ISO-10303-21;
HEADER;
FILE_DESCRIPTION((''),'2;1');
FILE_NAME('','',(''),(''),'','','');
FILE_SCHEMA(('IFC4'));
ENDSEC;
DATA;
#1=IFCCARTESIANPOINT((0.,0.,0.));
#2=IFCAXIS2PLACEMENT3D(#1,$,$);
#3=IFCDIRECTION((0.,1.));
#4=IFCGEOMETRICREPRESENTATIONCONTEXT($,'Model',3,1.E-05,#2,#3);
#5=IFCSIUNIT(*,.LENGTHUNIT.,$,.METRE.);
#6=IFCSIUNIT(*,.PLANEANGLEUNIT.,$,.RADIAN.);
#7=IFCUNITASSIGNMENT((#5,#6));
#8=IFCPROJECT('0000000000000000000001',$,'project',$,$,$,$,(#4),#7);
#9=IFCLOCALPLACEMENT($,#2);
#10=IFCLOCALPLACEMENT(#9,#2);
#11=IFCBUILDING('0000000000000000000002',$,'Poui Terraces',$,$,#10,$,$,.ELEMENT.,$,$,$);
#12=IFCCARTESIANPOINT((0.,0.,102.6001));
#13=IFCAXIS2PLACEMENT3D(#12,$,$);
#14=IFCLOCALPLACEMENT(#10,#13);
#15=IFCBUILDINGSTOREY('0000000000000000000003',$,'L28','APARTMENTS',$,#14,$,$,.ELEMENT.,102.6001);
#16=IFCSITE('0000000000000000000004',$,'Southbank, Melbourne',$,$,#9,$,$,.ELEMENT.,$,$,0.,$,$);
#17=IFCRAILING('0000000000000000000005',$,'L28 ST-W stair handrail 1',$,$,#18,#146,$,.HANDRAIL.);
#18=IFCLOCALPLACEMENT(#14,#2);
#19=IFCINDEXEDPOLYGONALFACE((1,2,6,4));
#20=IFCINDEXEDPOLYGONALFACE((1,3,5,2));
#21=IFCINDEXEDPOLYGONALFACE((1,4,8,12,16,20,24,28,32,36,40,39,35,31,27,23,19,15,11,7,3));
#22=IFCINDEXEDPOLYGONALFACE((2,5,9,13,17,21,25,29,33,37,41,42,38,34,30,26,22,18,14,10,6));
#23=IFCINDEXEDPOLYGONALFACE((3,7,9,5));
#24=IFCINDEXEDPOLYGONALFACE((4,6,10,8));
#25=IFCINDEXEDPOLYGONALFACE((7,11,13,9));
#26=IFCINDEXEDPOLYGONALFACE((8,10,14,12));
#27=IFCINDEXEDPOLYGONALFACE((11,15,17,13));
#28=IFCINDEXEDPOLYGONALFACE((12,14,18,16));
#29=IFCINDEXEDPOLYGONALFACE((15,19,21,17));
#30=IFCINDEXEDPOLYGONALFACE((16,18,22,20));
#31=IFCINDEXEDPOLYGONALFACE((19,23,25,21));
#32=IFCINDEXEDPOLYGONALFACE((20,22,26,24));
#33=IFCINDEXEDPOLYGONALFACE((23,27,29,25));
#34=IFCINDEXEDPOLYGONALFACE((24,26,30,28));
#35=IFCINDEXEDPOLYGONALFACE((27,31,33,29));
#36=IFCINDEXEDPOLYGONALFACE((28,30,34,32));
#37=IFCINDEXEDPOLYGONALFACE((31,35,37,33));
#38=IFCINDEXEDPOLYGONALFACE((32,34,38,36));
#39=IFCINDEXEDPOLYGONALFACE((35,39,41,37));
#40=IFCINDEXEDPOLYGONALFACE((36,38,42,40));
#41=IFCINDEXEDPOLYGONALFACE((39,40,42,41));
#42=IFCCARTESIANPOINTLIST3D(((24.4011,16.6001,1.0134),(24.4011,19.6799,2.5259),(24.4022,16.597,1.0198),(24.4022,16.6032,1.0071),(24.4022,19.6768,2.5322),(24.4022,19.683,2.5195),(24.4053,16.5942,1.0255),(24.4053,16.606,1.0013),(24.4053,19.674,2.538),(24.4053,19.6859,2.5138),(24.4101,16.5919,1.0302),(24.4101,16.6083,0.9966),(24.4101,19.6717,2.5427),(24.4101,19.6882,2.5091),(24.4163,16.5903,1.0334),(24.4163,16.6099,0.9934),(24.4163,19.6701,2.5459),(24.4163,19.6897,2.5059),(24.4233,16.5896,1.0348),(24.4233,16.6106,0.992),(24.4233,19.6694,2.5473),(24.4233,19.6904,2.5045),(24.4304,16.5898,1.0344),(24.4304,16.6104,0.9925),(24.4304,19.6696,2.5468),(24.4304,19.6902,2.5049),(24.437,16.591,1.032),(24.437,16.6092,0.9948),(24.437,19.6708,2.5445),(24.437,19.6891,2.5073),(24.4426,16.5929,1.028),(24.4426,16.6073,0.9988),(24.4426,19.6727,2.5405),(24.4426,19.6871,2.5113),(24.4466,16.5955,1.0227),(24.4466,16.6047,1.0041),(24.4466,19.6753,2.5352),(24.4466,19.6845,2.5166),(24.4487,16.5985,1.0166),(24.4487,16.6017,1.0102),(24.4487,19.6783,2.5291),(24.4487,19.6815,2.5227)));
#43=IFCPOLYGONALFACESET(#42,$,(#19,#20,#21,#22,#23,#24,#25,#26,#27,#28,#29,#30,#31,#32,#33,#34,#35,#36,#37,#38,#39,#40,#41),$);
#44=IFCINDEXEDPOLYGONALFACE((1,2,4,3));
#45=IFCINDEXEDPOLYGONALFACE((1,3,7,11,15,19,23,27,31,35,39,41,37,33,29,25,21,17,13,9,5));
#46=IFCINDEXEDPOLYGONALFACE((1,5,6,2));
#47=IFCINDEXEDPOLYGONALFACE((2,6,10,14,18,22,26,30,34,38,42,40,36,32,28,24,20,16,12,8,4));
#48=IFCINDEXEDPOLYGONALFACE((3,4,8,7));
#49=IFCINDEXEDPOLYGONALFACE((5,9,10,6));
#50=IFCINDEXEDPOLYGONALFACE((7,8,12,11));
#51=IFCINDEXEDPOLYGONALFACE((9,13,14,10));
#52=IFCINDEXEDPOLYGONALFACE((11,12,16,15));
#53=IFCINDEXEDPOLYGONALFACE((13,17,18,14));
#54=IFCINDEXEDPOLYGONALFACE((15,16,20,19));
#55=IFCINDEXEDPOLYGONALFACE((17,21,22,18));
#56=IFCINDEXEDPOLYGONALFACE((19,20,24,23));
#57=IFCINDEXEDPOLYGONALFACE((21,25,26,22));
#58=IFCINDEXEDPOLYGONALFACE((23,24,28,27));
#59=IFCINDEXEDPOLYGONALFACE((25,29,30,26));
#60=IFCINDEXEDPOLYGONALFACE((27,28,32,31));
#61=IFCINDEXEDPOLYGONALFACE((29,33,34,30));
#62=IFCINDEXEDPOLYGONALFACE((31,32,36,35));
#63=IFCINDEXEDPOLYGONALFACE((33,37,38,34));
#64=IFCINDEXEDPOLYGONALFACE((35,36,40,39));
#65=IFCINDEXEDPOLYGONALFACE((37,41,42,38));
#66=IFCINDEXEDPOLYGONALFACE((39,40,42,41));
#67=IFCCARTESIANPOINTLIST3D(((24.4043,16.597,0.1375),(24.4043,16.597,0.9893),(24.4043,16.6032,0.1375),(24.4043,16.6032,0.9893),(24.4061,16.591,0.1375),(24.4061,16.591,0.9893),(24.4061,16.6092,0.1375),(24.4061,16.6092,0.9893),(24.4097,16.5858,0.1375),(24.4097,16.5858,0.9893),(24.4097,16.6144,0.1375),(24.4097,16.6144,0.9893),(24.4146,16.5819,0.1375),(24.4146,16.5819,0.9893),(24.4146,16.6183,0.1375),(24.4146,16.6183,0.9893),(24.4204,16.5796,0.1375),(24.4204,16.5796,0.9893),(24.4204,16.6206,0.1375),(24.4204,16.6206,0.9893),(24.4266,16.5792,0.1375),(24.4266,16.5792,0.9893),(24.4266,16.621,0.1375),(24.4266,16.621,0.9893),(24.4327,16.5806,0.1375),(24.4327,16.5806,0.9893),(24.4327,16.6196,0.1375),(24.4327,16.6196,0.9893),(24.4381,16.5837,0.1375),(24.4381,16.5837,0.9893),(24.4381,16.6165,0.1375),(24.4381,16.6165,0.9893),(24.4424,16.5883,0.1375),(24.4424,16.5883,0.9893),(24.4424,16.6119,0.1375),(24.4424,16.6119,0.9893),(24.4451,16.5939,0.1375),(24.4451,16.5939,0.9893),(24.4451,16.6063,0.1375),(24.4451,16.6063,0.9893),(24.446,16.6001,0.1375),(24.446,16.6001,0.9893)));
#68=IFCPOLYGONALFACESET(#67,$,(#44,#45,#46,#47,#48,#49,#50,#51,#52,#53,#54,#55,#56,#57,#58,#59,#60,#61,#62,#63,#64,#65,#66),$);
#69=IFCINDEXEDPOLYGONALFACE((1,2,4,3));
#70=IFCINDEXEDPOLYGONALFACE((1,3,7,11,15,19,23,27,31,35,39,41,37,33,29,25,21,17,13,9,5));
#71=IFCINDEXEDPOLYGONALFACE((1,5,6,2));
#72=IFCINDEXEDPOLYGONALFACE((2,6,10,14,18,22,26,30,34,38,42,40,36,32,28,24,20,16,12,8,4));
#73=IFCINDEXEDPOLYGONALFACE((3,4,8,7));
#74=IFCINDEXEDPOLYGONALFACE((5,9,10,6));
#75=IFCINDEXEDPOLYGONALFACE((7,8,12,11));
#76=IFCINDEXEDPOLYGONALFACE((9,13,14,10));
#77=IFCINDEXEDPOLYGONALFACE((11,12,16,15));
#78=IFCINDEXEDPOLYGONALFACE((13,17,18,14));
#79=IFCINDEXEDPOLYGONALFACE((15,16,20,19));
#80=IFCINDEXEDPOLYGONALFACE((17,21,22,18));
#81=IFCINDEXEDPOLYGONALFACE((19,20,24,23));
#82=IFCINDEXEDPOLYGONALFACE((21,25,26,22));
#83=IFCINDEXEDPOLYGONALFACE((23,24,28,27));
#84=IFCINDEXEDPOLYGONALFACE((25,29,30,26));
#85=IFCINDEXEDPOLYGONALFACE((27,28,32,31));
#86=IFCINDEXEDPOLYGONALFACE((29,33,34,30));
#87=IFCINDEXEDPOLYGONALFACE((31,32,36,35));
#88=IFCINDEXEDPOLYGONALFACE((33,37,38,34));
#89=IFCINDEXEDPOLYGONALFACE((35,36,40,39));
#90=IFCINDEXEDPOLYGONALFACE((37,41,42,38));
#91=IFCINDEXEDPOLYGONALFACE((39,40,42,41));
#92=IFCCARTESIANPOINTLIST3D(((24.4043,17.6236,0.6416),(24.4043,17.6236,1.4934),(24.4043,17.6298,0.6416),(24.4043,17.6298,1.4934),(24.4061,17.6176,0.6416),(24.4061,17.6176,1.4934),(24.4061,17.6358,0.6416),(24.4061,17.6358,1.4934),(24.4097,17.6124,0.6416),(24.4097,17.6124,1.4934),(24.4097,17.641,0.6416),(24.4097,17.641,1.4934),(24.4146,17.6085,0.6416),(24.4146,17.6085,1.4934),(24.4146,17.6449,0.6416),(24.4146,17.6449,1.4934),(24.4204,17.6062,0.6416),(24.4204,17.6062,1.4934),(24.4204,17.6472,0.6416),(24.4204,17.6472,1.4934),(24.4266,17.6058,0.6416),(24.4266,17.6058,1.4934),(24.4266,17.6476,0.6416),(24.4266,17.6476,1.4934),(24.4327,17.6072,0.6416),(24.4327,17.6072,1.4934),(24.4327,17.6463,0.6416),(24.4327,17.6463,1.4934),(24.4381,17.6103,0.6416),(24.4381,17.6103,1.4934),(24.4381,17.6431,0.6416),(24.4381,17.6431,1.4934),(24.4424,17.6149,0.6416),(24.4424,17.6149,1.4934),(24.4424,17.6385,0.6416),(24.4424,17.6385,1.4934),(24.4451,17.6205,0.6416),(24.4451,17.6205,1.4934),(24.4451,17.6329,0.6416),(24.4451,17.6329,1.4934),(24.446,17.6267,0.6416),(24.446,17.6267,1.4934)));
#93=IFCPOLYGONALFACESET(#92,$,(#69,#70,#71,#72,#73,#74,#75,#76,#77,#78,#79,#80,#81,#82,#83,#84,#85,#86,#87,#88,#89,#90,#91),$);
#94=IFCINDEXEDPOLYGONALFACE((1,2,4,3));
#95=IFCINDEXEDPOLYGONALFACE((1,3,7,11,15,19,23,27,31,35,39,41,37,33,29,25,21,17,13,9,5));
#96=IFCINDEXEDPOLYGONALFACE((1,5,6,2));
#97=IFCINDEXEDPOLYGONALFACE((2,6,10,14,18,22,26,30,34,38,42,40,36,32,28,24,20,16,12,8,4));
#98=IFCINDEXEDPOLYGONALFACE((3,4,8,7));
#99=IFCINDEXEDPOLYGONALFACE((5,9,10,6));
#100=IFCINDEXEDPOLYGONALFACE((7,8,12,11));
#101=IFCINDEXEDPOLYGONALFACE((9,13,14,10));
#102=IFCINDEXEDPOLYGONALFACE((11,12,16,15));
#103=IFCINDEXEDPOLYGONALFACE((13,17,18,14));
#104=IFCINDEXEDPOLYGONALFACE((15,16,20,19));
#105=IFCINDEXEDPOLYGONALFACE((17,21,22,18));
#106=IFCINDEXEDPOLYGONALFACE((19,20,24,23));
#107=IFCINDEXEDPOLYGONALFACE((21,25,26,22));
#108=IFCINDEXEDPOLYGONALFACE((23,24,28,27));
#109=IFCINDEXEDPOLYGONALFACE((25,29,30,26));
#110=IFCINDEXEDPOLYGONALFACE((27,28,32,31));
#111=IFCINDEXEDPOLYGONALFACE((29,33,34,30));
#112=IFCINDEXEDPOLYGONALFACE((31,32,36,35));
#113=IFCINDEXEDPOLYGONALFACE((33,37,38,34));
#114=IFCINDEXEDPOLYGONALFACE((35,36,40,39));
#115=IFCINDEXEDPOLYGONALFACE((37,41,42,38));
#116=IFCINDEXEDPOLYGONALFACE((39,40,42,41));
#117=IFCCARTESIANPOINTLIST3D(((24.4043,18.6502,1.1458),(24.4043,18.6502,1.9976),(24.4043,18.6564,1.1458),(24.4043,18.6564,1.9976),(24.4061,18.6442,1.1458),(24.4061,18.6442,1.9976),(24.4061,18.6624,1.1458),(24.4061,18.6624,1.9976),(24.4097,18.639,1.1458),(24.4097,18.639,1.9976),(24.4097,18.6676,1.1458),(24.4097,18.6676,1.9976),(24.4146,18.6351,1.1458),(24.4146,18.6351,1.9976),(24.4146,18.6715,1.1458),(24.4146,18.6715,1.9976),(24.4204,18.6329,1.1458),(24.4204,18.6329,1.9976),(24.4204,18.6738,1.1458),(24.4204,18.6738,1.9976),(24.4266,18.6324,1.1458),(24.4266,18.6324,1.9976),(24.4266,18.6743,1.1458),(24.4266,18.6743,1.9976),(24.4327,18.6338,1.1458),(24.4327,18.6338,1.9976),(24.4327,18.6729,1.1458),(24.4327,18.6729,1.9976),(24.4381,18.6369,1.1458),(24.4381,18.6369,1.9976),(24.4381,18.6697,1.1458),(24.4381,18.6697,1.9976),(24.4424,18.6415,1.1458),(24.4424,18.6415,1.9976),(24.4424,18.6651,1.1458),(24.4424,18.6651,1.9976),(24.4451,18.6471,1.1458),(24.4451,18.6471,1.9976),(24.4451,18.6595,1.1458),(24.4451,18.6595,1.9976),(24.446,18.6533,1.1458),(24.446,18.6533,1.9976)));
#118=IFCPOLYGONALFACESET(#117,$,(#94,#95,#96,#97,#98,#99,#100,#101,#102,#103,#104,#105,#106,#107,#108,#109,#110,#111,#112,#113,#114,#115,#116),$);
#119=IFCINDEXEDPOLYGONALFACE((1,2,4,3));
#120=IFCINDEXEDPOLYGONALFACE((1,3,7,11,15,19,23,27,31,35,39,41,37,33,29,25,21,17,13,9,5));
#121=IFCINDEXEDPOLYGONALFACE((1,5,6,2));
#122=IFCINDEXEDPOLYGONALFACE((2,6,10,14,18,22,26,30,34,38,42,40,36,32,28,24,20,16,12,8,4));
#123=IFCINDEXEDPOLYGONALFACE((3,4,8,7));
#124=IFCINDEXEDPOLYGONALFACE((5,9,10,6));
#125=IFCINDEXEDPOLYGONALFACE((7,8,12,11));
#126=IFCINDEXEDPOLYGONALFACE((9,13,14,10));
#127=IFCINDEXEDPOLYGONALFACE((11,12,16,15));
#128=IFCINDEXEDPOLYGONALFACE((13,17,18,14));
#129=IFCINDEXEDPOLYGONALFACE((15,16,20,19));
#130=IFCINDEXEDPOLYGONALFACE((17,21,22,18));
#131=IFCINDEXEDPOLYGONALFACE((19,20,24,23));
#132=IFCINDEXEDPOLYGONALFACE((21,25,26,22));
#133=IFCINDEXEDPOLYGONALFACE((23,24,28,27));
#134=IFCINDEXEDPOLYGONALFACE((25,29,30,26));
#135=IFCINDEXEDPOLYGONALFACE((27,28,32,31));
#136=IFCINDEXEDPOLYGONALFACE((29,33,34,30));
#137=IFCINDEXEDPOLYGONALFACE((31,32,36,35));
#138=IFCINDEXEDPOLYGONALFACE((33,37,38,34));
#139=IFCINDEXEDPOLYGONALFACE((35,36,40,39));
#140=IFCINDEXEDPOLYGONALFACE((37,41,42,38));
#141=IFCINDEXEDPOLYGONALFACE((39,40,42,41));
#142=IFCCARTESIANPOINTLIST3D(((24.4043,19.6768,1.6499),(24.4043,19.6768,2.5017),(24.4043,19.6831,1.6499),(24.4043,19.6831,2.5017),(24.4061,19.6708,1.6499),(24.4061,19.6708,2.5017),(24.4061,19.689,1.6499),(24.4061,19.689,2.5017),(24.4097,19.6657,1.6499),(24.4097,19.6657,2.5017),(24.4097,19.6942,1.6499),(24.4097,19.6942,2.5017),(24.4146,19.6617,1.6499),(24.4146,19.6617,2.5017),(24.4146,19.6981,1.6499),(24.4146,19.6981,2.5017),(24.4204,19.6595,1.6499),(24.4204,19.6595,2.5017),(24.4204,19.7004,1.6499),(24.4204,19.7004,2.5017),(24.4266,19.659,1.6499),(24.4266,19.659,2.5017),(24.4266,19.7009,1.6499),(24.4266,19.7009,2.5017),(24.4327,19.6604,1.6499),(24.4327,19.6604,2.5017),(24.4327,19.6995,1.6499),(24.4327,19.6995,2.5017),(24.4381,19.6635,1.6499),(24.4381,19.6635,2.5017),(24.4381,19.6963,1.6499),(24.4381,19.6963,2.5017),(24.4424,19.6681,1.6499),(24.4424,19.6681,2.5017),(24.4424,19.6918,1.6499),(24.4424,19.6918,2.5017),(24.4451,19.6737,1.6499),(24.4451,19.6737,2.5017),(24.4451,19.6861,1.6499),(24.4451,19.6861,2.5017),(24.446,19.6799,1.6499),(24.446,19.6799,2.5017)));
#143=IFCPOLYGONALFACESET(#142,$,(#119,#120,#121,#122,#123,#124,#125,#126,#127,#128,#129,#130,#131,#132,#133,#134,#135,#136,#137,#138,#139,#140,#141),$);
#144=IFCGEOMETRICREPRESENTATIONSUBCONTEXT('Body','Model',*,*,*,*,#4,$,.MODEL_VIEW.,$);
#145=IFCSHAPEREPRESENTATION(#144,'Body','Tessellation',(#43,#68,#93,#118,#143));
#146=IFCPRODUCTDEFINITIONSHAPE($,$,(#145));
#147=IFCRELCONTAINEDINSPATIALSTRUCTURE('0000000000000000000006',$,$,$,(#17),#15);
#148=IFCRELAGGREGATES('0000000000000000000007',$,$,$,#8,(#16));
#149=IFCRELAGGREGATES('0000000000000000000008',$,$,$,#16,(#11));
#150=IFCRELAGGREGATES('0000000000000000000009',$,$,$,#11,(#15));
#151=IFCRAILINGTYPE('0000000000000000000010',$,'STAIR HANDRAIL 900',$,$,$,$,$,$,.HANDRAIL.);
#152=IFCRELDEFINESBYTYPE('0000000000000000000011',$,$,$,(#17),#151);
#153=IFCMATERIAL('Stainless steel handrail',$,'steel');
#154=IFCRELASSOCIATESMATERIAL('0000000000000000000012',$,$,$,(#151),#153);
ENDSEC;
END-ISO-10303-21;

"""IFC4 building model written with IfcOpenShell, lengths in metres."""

from ifc_helpers import new_model, si_unit, direction, frame, origin, origin_2d, place, context, subcontext, project, spatial, circle, extrude, material, type_object, element, save


model = new_model("IFC4")

# Units and contexts
model_context = context("Model", 3, precision=1e-05, world=origin(), true_north=direction((0.0, 1.0)))
body_context = subcontext(model_context, "Body", "Model", "MODEL_VIEW")
ifc_project = project(units=[si_unit("LENGTHUNIT", "METRE"), si_unit("PLANEANGLEUNIT", "RADIAN")], contexts=[model_context])

# Site, building, storey
site_placement = place(None, origin())
site = spatial("IfcSite", under=ifc_project, at=site_placement, Name="Southbank, Melbourne", CompositionType="ELEMENT", RefElevation=0.0)
building_placement = place(site_placement, origin())
building = spatial("IfcBuilding", under=site, at=building_placement, Name="Poui Terraces", CompositionType="ELEMENT")
storey_placement = place(building_placement, frame((0.0, 0.0, 102.6001)))
storey = spatial("IfcBuildingStorey", under=building, at=storey_placement, Name="L28", Description="APARTMENTS", CompositionType="ELEMENT", Elevation=102.6001)

# Railing
ifc_material_1 = material(Name="Stainless steel handrail", Category="steel")
railing_type_1 = type_object("IfcRailingType", Name="STAIR HANDRAIL 900", PredefinedType="HANDRAIL", material=ifc_material_1)
railing_1_placement = place(storey_placement, frame((24.425, 16.6001, 0.1375)))
element("IfcRailing", 1, at=railing_1_placement, inside=storey, type_object=railing_type_1, Name="L28 ST-W stair handrail 1", PredefinedType="HANDRAIL", context=body_context, shape_type="SweptSolid", body=[
    extrude(circle(Radius=0.0239, at=origin_2d()), frame((0.0, 0.0, 0.876), z_axis=(0.0, 0.897606, 0.440798), x_axis=(-1.0, 0.0, 0.0)), (0.0, 0.0, 1.0), 3.4312),
    extrude(circle(Radius=0.021, at=origin_2d()), origin(), (0.0, 0.0, 1.0), 0.8518),
    extrude(circle(Radius=0.021, at=origin_2d()), frame((0.0, 1.0266, 0.5042)), (0.0, 0.0, 1.0), 0.8518),
    extrude(circle(Radius=0.021, at=origin_2d()), frame((0.0, 2.0532, 1.0083)), (0.0, 0.0, 1.0), 0.8518),
    extrude(circle(Radius=0.021, at=origin_2d()), frame((0.0, 3.0798, 1.5125)), (0.0, 0.0, 1.0), 0.8518),
])

save(model, "model.ifc")
